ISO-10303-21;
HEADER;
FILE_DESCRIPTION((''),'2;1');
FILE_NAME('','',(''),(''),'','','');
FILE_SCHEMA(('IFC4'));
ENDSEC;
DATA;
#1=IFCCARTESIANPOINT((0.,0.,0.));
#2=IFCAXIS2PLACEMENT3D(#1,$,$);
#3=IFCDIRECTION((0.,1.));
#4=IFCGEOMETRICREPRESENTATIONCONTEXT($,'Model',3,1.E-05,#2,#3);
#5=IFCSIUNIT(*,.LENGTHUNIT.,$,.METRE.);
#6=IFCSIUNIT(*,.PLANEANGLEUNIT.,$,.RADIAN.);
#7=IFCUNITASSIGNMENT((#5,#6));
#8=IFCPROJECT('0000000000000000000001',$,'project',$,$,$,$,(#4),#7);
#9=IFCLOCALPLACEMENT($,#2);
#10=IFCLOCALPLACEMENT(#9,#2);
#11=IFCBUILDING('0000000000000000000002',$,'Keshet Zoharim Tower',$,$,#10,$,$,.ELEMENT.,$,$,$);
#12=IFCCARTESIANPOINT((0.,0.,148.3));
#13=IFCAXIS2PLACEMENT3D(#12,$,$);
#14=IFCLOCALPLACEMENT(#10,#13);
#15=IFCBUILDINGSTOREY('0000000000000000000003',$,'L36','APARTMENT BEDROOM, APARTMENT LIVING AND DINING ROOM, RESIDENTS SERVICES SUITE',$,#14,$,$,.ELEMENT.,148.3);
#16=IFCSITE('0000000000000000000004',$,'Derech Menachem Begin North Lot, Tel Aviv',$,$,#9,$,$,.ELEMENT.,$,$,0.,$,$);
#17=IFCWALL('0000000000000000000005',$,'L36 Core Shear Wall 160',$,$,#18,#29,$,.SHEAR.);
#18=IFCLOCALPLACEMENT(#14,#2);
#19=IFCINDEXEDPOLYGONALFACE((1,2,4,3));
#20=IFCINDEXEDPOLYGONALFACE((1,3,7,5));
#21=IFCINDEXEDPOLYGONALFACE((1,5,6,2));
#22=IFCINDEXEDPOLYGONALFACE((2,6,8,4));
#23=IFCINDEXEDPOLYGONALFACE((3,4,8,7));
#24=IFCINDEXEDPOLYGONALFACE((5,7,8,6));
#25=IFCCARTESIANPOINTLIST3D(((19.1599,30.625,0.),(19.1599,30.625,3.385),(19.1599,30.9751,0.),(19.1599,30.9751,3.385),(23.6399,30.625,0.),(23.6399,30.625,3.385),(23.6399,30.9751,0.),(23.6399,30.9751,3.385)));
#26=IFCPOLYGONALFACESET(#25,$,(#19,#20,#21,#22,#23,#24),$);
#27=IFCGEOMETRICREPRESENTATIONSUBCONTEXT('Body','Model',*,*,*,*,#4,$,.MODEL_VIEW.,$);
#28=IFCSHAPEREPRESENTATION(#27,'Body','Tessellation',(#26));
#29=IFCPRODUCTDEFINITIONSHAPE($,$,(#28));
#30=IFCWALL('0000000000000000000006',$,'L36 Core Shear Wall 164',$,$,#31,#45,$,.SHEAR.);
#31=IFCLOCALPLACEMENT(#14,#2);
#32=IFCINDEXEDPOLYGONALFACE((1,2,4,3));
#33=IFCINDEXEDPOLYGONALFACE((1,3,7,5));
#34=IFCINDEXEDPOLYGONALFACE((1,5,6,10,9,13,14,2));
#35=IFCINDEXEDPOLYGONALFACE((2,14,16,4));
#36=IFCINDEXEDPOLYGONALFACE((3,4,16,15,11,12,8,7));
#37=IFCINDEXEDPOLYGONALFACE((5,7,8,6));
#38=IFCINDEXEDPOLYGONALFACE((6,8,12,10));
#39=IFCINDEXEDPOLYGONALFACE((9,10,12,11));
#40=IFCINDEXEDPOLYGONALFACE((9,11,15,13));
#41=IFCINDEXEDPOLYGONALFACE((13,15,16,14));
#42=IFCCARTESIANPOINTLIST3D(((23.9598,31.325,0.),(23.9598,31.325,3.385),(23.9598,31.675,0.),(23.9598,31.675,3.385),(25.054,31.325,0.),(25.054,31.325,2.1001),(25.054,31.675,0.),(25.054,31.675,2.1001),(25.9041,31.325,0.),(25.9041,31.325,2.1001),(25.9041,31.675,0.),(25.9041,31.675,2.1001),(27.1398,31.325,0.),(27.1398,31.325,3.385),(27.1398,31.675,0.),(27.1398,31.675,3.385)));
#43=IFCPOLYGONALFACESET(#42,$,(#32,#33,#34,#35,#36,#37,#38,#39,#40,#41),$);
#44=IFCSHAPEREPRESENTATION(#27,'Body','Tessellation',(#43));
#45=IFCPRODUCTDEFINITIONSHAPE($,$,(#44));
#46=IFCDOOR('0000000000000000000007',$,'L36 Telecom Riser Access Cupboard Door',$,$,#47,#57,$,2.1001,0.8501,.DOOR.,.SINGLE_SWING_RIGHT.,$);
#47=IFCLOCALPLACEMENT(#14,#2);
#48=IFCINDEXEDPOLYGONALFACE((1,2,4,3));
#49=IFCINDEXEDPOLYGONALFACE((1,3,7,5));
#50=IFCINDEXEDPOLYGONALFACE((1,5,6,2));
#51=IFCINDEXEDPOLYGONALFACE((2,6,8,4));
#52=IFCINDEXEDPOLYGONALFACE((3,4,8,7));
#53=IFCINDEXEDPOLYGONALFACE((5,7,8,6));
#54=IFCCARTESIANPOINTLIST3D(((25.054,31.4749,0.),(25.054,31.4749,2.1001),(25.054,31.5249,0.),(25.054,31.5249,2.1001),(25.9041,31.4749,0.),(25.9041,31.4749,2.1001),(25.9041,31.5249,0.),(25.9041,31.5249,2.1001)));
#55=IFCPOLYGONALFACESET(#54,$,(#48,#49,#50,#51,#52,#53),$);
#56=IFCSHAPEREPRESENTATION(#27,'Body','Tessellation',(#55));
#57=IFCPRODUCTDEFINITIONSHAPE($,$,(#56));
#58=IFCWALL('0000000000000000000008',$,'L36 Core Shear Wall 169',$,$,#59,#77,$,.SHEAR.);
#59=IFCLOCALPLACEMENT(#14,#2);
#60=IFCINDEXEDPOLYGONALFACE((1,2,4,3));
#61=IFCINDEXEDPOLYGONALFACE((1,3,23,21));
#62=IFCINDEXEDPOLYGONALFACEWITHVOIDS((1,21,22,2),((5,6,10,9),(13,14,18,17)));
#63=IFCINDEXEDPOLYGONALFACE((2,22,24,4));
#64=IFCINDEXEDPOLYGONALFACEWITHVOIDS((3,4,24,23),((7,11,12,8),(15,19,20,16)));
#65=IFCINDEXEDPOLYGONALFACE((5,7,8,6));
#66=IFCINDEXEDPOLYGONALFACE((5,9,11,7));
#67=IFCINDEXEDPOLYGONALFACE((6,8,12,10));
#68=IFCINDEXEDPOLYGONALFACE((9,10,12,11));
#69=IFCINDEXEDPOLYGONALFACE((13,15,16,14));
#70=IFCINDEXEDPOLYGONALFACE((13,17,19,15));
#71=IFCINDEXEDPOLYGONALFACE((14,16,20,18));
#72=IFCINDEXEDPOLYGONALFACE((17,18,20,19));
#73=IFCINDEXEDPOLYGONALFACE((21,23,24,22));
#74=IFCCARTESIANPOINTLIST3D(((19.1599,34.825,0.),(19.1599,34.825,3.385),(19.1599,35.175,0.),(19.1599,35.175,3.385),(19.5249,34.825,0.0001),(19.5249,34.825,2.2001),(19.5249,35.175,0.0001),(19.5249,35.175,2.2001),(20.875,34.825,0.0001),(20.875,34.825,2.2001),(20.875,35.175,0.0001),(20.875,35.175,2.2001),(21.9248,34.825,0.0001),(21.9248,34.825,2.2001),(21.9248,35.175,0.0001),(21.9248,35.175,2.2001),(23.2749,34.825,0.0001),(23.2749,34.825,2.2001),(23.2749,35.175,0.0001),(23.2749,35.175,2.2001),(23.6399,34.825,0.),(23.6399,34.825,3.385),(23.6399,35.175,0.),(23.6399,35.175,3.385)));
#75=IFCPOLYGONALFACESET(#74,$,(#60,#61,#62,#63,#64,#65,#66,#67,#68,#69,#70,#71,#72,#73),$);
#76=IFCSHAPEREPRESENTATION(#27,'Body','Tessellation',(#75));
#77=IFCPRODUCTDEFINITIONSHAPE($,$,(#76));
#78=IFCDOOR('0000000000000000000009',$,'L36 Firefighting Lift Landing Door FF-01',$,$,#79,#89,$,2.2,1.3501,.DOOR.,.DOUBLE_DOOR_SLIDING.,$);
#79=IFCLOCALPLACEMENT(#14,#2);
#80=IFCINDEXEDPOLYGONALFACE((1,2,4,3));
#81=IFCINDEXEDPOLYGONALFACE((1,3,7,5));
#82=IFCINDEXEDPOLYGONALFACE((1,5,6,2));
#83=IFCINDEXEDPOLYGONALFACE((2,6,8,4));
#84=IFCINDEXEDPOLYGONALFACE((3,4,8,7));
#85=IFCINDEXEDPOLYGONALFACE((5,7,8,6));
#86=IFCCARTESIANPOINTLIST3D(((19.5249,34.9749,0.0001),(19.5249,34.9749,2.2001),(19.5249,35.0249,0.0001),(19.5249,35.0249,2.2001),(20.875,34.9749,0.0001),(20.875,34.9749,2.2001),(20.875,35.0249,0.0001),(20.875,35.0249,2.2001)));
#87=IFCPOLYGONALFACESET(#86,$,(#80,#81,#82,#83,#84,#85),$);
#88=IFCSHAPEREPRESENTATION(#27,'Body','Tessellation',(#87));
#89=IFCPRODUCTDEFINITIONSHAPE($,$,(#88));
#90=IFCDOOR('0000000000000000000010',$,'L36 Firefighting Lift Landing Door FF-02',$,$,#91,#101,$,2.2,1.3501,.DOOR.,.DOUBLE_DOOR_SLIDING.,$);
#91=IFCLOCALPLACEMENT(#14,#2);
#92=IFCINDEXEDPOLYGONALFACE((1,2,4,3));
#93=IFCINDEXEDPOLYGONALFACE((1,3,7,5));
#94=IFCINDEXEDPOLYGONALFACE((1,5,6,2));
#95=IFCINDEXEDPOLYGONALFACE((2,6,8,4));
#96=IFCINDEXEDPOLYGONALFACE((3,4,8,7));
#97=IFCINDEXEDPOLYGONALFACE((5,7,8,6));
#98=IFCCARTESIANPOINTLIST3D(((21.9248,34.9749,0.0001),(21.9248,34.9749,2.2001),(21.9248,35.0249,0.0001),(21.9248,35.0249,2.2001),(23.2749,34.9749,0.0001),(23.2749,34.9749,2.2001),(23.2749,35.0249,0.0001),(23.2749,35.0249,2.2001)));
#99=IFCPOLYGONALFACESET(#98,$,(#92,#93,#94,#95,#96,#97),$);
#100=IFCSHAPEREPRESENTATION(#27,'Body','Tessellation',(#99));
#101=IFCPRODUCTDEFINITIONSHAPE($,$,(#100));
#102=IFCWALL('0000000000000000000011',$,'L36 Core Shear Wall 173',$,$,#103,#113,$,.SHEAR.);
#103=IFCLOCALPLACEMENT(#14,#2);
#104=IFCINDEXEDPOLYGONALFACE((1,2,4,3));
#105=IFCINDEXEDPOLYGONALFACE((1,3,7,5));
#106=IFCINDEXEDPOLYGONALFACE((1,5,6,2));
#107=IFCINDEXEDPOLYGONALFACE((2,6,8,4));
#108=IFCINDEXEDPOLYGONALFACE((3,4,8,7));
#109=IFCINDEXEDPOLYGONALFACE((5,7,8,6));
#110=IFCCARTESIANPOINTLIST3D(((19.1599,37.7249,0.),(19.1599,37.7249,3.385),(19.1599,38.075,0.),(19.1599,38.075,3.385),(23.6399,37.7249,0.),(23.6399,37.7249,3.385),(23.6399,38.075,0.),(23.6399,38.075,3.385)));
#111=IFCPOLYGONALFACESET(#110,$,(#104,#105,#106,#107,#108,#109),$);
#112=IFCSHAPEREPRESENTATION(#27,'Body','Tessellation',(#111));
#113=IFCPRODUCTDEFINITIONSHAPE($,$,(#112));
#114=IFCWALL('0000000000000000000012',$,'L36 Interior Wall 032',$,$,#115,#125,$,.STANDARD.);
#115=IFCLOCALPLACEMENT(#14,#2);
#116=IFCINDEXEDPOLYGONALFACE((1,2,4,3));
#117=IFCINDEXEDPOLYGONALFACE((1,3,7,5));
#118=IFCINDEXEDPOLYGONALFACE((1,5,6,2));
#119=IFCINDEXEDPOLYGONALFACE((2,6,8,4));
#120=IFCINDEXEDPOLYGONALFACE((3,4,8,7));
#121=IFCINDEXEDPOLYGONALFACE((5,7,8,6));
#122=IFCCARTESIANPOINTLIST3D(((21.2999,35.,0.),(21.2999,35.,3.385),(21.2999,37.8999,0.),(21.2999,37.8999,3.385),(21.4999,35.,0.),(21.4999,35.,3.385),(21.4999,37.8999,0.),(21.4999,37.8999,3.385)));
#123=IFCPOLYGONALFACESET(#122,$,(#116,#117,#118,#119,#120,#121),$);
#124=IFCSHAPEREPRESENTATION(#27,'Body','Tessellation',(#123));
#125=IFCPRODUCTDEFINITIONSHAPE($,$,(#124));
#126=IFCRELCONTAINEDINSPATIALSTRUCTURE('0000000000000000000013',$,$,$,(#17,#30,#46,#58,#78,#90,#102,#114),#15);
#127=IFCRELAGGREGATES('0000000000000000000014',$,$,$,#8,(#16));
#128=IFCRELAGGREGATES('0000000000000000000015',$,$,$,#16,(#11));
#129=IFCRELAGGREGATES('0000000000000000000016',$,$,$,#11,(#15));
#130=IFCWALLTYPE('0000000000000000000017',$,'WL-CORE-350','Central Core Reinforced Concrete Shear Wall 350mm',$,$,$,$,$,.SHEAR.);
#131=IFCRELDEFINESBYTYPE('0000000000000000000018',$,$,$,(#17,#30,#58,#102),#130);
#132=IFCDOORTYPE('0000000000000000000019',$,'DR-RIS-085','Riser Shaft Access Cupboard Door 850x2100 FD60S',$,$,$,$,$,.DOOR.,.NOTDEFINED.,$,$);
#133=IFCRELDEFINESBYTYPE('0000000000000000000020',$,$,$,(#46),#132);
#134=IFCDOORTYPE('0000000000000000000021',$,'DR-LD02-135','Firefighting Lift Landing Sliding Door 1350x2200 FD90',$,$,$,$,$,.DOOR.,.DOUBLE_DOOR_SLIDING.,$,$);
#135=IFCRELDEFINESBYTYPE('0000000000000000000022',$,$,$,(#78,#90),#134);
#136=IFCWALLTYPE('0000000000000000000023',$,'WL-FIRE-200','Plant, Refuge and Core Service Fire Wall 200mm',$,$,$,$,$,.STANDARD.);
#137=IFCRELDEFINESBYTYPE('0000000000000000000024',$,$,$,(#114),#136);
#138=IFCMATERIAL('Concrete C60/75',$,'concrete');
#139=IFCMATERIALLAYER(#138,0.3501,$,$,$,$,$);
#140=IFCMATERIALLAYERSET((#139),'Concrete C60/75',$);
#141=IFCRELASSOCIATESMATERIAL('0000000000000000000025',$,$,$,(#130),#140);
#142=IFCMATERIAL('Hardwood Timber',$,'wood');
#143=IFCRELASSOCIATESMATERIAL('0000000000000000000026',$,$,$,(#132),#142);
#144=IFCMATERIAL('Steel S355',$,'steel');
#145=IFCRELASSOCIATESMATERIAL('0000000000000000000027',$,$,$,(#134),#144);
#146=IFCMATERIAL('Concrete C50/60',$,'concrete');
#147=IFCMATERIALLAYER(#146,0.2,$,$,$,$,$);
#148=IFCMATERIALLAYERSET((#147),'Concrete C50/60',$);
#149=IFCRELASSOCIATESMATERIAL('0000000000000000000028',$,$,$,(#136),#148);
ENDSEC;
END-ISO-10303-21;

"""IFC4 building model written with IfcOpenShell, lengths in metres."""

from ifc_helpers import new_model, si_unit, direction, frame, frame_2d, origin, place, context, subcontext, project, spatial, rectangle, extrude, material, layer, layer_set, type_object, element, fill, save


model = new_model("IFC4")

# Units and contexts
model_context = context("Model", 3, precision=1e-05, world=origin(), true_north=direction((0.0, 1.0)))
body_context = subcontext(model_context, "Body", "Model", "MODEL_VIEW")
ifc_project = project(units=[si_unit("LENGTHUNIT", "METRE"), si_unit("PLANEANGLEUNIT", "RADIAN")], contexts=[model_context])

# Site, building, storey
site_placement = place(None, origin())
site = spatial("IfcSite", under=ifc_project, at=site_placement, Name="Derech Menachem Begin North Lot, Tel Aviv", CompositionType="ELEMENT", RefElevation=0.0)
building_placement = place(site_placement, origin())
building = spatial("IfcBuilding", under=site, at=building_placement, Name="Keshet Zoharim Tower", CompositionType="ELEMENT")
storey_placement = place(building_placement, frame((0.0, 0.0, 148.3)))
storey = spatial("IfcBuildingStorey", under=building, at=storey_placement, Name="L36", Description="APARTMENT BEDROOM, APARTMENT LIVING AND DINING ROOM, RESIDENTS SERVICES SUITE", CompositionType="ELEMENT", Elevation=148.3)

# Shared definitions
ifc_material_1 = material(Name="Steel S355", Category="steel")

# Shared definitions
ifc_material_2 = material(Name="Concrete C60/75", Category="concrete")
ifc_layer_1 = layer(ifc_material_2, 0.3501)
ifc_layer_set_1 = layer_set([ifc_layer_1], Name="Concrete C60/75")
wall_type_1 = type_object("IfcWallType", Name="WL-CORE-350", Description="Central Core Reinforced Concrete Shear Wall 350mm", PredefinedType="SHEAR", material=ifc_layer_set_1)

# Shared definitions
ifc_material_3 = material(Name="Hardwood Timber", Category="wood")

# Wall
wall_1_placement = place(storey_placement, frame((19.1599, 30.8, 0.0), z_axis=(0.0, 0.0, 1.0), x_axis=(1.0, 0.0, 0.0)))
element("IfcWall", 1, at=wall_1_placement, inside=storey, type_object=wall_type_1, Name="L36 Core Shear Wall 160", PredefinedType="SHEAR", context=body_context, shape_type="SweptSolid", body=[
    extrude(rectangle(XDim=4.48, YDim=0.3501, at=frame_2d((2.24, 0.0))), origin(), (0.0, 0.0, 1.0), 3.385),
])

# Wall, opening, door
wall_2_placement = place(storey_placement, frame((23.96, 31.5, 0.0), z_axis=(0.0, 0.0, 1.0), x_axis=(1.0, 0.0, 0.0)))
wall_2 = element("IfcWall", 2, at=wall_2_placement, inside=storey, type_object=wall_type_1, Name="L36 Core Shear Wall 164", PredefinedType="SHEAR", context=body_context, shape_type="SweptSolid", body=[
    extrude(rectangle(XDim=3.1799, YDim=0.3501, at=frame_2d((1.5898, 0.0))), origin(), (0.0, 0.0, 1.0), 3.385),
])
opening_1_placement = place(wall_2_placement, frame((1.094, 0.0, 0.0)))
opening_1 = element("IfcOpeningElement", 3, at=opening_1_placement, cuts=wall_2, PredefinedType="OPENING", context=body_context, shape_type="SweptSolid", body=[
    extrude(rectangle(XDim=0.8501, YDim=2.1001, at=frame_2d((0.425, 1.05))), frame((0.0, 0.1851, 0.0), z_axis=(0.0, -1.0, 0.0), x_axis=(1.0, 0.0, 0.0)), (0.0, 0.0, 1.0), 0.3701),
])
door_type_1 = type_object("IfcDoorType", Name="DR-RIS-085", Description="Riser Shaft Access Cupboard Door 850x2100 FD60S", OperationType="NOTDEFINED", PredefinedType="DOOR", material=ifc_material_3)
door_1_placement = place(opening_1_placement, origin())
door_1 = element("IfcDoor", 4, at=door_1_placement, inside=storey, type_object=door_type_1, Name="L36 Telecom Riser Access Cupboard Door", OperationType="SINGLE_SWING_RIGHT", OverallHeight=2.1001, OverallWidth=0.8501, PredefinedType="DOOR", context=body_context, shape_type="SweptSolid", body=[
    extrude(rectangle(XDim=0.8501, YDim=2.1001, at=frame_2d((0.425, 1.05))), frame((0.0, 0.0249, 0.0), z_axis=(0.0, -1.0, 0.0), x_axis=(1.0, 0.0, 0.0)), (0.0, 0.0, 1.0), 0.05),
])
fill(opening_1, door_1)

# Wall, openings, doors
wall_3_placement = place(storey_placement, frame((19.1599, 35.0, 0.0), z_axis=(0.0, 0.0, 1.0), x_axis=(1.0, 0.0, 0.0)))
wall_3 = element("IfcWall", 5, at=wall_3_placement, inside=storey, type_object=wall_type_1, Name="L36 Core Shear Wall 169", PredefinedType="SHEAR", context=body_context, shape_type="SweptSolid", body=[
    extrude(rectangle(XDim=4.48, YDim=0.3501, at=frame_2d((2.24, 0.0))), origin(), (0.0, 0.0, 1.0), 3.385),
])
opening_2_placement = place(wall_3_placement, frame((0.365, 0.0, 0.0)))
opening_2 = element("IfcOpeningElement", 6, at=opening_2_placement, cuts=wall_3, PredefinedType="OPENING", context=body_context, shape_type="SweptSolid", body=[
    extrude(rectangle(XDim=1.3501, YDim=2.2, at=frame_2d((0.675, 1.1001))), frame((0.0, 0.1851, 0.0), z_axis=(0.0, -1.0, 0.0), x_axis=(1.0, 0.0, 0.0)), (0.0, 0.0, 1.0), 0.3701),
])
opening_3_placement = place(wall_3_placement, frame((2.7649, 0.0, 0.0)))
opening_3 = element("IfcOpeningElement", 7, at=opening_3_placement, cuts=wall_3, PredefinedType="OPENING", context=body_context, shape_type="SweptSolid", body=[
    extrude(rectangle(XDim=1.3501, YDim=2.2, at=frame_2d((0.675, 1.1001))), frame((0.0, 0.1851, 0.0), z_axis=(0.0, -1.0, 0.0), x_axis=(1.0, 0.0, 0.0)), (0.0, 0.0, 1.0), 0.3701),
])
door_type_2 = type_object("IfcDoorType", Name="DR-LD02-135", Description="Firefighting Lift Landing Sliding Door 1350x2200 FD90", OperationType="DOUBLE_DOOR_SLIDING", PredefinedType="DOOR", material=ifc_material_1)
door_2_placement = place(opening_2_placement, origin())
door_2 = element("IfcDoor", 8, at=door_2_placement, inside=storey, type_object=door_type_2, Name="L36 Firefighting Lift Landing Door FF-01", OperationType="DOUBLE_DOOR_SLIDING", OverallHeight=2.2, OverallWidth=1.3501, PredefinedType="DOOR", context=body_context, shape_type="SweptSolid", body=[
    extrude(rectangle(XDim=1.3501, YDim=2.2, at=frame_2d((0.675, 1.1001))), frame((0.0, 0.0249, 0.0), z_axis=(0.0, -1.0, 0.0), x_axis=(1.0, 0.0, 0.0)), (0.0, 0.0, 1.0), 0.05),
])
fill(opening_2, door_2)
door_3_placement = place(opening_3_placement, origin())
door_3 = element("IfcDoor", 9, at=door_3_placement, inside=storey, type_object=door_type_2, Name="L36 Firefighting Lift Landing Door FF-02", OperationType="DOUBLE_DOOR_SLIDING", OverallHeight=2.2, OverallWidth=1.3501, PredefinedType="DOOR", context=body_context, shape_type="SweptSolid", body=[
    extrude(rectangle(XDim=1.3501, YDim=2.2, at=frame_2d((0.675, 1.1001))), frame((0.0, 0.0249, 0.0), z_axis=(0.0, -1.0, 0.0), x_axis=(1.0, 0.0, 0.0)), (0.0, 0.0, 1.0), 0.05),
])
fill(opening_3, door_3)

# Walls
wall_4_placement = place(storey_placement, frame((19.1599, 37.8999, 0.0), z_axis=(0.0, 0.0, 1.0), x_axis=(1.0, 0.0, 0.0)))
element("IfcWall", 10, at=wall_4_placement, inside=storey, type_object=wall_type_1, Name="L36 Core Shear Wall 173", PredefinedType="SHEAR", context=body_context, shape_type="SweptSolid", body=[
    extrude(rectangle(XDim=4.48, YDim=0.3501, at=frame_2d((2.24, 0.0))), origin(), (0.0, 0.0, 1.0), 3.385),
])
ifc_material_4 = material(Name="Concrete C50/60", Category="concrete")
ifc_layer_2 = layer(ifc_material_4, 0.2)
ifc_layer_set_2 = layer_set([ifc_layer_2], Name="Concrete C50/60")
wall_type_2 = type_object("IfcWallType", Name="WL-FIRE-200", Description="Plant, Refuge and Core Service Fire Wall 200mm", PredefinedType="STANDARD", material=ifc_layer_set_2)
wall_5_placement = place(storey_placement, frame((21.3999, 35.0, 0.0), z_axis=(0.0, 0.0, 1.0), x_axis=(0.0, 1.0, 0.0)))
element("IfcWall", 11, at=wall_5_placement, inside=storey, type_object=wall_type_2, Name="L36 Interior Wall 032", PredefinedType="STANDARD", context=body_context, shape_type="SweptSolid", body=[
    extrude(rectangle(XDim=2.8999, YDim=0.2, at=frame_2d((1.45, 0.0))), origin(), (0.0, 0.0, 1.0), 3.385),
])

save(model, "model.ifc")
